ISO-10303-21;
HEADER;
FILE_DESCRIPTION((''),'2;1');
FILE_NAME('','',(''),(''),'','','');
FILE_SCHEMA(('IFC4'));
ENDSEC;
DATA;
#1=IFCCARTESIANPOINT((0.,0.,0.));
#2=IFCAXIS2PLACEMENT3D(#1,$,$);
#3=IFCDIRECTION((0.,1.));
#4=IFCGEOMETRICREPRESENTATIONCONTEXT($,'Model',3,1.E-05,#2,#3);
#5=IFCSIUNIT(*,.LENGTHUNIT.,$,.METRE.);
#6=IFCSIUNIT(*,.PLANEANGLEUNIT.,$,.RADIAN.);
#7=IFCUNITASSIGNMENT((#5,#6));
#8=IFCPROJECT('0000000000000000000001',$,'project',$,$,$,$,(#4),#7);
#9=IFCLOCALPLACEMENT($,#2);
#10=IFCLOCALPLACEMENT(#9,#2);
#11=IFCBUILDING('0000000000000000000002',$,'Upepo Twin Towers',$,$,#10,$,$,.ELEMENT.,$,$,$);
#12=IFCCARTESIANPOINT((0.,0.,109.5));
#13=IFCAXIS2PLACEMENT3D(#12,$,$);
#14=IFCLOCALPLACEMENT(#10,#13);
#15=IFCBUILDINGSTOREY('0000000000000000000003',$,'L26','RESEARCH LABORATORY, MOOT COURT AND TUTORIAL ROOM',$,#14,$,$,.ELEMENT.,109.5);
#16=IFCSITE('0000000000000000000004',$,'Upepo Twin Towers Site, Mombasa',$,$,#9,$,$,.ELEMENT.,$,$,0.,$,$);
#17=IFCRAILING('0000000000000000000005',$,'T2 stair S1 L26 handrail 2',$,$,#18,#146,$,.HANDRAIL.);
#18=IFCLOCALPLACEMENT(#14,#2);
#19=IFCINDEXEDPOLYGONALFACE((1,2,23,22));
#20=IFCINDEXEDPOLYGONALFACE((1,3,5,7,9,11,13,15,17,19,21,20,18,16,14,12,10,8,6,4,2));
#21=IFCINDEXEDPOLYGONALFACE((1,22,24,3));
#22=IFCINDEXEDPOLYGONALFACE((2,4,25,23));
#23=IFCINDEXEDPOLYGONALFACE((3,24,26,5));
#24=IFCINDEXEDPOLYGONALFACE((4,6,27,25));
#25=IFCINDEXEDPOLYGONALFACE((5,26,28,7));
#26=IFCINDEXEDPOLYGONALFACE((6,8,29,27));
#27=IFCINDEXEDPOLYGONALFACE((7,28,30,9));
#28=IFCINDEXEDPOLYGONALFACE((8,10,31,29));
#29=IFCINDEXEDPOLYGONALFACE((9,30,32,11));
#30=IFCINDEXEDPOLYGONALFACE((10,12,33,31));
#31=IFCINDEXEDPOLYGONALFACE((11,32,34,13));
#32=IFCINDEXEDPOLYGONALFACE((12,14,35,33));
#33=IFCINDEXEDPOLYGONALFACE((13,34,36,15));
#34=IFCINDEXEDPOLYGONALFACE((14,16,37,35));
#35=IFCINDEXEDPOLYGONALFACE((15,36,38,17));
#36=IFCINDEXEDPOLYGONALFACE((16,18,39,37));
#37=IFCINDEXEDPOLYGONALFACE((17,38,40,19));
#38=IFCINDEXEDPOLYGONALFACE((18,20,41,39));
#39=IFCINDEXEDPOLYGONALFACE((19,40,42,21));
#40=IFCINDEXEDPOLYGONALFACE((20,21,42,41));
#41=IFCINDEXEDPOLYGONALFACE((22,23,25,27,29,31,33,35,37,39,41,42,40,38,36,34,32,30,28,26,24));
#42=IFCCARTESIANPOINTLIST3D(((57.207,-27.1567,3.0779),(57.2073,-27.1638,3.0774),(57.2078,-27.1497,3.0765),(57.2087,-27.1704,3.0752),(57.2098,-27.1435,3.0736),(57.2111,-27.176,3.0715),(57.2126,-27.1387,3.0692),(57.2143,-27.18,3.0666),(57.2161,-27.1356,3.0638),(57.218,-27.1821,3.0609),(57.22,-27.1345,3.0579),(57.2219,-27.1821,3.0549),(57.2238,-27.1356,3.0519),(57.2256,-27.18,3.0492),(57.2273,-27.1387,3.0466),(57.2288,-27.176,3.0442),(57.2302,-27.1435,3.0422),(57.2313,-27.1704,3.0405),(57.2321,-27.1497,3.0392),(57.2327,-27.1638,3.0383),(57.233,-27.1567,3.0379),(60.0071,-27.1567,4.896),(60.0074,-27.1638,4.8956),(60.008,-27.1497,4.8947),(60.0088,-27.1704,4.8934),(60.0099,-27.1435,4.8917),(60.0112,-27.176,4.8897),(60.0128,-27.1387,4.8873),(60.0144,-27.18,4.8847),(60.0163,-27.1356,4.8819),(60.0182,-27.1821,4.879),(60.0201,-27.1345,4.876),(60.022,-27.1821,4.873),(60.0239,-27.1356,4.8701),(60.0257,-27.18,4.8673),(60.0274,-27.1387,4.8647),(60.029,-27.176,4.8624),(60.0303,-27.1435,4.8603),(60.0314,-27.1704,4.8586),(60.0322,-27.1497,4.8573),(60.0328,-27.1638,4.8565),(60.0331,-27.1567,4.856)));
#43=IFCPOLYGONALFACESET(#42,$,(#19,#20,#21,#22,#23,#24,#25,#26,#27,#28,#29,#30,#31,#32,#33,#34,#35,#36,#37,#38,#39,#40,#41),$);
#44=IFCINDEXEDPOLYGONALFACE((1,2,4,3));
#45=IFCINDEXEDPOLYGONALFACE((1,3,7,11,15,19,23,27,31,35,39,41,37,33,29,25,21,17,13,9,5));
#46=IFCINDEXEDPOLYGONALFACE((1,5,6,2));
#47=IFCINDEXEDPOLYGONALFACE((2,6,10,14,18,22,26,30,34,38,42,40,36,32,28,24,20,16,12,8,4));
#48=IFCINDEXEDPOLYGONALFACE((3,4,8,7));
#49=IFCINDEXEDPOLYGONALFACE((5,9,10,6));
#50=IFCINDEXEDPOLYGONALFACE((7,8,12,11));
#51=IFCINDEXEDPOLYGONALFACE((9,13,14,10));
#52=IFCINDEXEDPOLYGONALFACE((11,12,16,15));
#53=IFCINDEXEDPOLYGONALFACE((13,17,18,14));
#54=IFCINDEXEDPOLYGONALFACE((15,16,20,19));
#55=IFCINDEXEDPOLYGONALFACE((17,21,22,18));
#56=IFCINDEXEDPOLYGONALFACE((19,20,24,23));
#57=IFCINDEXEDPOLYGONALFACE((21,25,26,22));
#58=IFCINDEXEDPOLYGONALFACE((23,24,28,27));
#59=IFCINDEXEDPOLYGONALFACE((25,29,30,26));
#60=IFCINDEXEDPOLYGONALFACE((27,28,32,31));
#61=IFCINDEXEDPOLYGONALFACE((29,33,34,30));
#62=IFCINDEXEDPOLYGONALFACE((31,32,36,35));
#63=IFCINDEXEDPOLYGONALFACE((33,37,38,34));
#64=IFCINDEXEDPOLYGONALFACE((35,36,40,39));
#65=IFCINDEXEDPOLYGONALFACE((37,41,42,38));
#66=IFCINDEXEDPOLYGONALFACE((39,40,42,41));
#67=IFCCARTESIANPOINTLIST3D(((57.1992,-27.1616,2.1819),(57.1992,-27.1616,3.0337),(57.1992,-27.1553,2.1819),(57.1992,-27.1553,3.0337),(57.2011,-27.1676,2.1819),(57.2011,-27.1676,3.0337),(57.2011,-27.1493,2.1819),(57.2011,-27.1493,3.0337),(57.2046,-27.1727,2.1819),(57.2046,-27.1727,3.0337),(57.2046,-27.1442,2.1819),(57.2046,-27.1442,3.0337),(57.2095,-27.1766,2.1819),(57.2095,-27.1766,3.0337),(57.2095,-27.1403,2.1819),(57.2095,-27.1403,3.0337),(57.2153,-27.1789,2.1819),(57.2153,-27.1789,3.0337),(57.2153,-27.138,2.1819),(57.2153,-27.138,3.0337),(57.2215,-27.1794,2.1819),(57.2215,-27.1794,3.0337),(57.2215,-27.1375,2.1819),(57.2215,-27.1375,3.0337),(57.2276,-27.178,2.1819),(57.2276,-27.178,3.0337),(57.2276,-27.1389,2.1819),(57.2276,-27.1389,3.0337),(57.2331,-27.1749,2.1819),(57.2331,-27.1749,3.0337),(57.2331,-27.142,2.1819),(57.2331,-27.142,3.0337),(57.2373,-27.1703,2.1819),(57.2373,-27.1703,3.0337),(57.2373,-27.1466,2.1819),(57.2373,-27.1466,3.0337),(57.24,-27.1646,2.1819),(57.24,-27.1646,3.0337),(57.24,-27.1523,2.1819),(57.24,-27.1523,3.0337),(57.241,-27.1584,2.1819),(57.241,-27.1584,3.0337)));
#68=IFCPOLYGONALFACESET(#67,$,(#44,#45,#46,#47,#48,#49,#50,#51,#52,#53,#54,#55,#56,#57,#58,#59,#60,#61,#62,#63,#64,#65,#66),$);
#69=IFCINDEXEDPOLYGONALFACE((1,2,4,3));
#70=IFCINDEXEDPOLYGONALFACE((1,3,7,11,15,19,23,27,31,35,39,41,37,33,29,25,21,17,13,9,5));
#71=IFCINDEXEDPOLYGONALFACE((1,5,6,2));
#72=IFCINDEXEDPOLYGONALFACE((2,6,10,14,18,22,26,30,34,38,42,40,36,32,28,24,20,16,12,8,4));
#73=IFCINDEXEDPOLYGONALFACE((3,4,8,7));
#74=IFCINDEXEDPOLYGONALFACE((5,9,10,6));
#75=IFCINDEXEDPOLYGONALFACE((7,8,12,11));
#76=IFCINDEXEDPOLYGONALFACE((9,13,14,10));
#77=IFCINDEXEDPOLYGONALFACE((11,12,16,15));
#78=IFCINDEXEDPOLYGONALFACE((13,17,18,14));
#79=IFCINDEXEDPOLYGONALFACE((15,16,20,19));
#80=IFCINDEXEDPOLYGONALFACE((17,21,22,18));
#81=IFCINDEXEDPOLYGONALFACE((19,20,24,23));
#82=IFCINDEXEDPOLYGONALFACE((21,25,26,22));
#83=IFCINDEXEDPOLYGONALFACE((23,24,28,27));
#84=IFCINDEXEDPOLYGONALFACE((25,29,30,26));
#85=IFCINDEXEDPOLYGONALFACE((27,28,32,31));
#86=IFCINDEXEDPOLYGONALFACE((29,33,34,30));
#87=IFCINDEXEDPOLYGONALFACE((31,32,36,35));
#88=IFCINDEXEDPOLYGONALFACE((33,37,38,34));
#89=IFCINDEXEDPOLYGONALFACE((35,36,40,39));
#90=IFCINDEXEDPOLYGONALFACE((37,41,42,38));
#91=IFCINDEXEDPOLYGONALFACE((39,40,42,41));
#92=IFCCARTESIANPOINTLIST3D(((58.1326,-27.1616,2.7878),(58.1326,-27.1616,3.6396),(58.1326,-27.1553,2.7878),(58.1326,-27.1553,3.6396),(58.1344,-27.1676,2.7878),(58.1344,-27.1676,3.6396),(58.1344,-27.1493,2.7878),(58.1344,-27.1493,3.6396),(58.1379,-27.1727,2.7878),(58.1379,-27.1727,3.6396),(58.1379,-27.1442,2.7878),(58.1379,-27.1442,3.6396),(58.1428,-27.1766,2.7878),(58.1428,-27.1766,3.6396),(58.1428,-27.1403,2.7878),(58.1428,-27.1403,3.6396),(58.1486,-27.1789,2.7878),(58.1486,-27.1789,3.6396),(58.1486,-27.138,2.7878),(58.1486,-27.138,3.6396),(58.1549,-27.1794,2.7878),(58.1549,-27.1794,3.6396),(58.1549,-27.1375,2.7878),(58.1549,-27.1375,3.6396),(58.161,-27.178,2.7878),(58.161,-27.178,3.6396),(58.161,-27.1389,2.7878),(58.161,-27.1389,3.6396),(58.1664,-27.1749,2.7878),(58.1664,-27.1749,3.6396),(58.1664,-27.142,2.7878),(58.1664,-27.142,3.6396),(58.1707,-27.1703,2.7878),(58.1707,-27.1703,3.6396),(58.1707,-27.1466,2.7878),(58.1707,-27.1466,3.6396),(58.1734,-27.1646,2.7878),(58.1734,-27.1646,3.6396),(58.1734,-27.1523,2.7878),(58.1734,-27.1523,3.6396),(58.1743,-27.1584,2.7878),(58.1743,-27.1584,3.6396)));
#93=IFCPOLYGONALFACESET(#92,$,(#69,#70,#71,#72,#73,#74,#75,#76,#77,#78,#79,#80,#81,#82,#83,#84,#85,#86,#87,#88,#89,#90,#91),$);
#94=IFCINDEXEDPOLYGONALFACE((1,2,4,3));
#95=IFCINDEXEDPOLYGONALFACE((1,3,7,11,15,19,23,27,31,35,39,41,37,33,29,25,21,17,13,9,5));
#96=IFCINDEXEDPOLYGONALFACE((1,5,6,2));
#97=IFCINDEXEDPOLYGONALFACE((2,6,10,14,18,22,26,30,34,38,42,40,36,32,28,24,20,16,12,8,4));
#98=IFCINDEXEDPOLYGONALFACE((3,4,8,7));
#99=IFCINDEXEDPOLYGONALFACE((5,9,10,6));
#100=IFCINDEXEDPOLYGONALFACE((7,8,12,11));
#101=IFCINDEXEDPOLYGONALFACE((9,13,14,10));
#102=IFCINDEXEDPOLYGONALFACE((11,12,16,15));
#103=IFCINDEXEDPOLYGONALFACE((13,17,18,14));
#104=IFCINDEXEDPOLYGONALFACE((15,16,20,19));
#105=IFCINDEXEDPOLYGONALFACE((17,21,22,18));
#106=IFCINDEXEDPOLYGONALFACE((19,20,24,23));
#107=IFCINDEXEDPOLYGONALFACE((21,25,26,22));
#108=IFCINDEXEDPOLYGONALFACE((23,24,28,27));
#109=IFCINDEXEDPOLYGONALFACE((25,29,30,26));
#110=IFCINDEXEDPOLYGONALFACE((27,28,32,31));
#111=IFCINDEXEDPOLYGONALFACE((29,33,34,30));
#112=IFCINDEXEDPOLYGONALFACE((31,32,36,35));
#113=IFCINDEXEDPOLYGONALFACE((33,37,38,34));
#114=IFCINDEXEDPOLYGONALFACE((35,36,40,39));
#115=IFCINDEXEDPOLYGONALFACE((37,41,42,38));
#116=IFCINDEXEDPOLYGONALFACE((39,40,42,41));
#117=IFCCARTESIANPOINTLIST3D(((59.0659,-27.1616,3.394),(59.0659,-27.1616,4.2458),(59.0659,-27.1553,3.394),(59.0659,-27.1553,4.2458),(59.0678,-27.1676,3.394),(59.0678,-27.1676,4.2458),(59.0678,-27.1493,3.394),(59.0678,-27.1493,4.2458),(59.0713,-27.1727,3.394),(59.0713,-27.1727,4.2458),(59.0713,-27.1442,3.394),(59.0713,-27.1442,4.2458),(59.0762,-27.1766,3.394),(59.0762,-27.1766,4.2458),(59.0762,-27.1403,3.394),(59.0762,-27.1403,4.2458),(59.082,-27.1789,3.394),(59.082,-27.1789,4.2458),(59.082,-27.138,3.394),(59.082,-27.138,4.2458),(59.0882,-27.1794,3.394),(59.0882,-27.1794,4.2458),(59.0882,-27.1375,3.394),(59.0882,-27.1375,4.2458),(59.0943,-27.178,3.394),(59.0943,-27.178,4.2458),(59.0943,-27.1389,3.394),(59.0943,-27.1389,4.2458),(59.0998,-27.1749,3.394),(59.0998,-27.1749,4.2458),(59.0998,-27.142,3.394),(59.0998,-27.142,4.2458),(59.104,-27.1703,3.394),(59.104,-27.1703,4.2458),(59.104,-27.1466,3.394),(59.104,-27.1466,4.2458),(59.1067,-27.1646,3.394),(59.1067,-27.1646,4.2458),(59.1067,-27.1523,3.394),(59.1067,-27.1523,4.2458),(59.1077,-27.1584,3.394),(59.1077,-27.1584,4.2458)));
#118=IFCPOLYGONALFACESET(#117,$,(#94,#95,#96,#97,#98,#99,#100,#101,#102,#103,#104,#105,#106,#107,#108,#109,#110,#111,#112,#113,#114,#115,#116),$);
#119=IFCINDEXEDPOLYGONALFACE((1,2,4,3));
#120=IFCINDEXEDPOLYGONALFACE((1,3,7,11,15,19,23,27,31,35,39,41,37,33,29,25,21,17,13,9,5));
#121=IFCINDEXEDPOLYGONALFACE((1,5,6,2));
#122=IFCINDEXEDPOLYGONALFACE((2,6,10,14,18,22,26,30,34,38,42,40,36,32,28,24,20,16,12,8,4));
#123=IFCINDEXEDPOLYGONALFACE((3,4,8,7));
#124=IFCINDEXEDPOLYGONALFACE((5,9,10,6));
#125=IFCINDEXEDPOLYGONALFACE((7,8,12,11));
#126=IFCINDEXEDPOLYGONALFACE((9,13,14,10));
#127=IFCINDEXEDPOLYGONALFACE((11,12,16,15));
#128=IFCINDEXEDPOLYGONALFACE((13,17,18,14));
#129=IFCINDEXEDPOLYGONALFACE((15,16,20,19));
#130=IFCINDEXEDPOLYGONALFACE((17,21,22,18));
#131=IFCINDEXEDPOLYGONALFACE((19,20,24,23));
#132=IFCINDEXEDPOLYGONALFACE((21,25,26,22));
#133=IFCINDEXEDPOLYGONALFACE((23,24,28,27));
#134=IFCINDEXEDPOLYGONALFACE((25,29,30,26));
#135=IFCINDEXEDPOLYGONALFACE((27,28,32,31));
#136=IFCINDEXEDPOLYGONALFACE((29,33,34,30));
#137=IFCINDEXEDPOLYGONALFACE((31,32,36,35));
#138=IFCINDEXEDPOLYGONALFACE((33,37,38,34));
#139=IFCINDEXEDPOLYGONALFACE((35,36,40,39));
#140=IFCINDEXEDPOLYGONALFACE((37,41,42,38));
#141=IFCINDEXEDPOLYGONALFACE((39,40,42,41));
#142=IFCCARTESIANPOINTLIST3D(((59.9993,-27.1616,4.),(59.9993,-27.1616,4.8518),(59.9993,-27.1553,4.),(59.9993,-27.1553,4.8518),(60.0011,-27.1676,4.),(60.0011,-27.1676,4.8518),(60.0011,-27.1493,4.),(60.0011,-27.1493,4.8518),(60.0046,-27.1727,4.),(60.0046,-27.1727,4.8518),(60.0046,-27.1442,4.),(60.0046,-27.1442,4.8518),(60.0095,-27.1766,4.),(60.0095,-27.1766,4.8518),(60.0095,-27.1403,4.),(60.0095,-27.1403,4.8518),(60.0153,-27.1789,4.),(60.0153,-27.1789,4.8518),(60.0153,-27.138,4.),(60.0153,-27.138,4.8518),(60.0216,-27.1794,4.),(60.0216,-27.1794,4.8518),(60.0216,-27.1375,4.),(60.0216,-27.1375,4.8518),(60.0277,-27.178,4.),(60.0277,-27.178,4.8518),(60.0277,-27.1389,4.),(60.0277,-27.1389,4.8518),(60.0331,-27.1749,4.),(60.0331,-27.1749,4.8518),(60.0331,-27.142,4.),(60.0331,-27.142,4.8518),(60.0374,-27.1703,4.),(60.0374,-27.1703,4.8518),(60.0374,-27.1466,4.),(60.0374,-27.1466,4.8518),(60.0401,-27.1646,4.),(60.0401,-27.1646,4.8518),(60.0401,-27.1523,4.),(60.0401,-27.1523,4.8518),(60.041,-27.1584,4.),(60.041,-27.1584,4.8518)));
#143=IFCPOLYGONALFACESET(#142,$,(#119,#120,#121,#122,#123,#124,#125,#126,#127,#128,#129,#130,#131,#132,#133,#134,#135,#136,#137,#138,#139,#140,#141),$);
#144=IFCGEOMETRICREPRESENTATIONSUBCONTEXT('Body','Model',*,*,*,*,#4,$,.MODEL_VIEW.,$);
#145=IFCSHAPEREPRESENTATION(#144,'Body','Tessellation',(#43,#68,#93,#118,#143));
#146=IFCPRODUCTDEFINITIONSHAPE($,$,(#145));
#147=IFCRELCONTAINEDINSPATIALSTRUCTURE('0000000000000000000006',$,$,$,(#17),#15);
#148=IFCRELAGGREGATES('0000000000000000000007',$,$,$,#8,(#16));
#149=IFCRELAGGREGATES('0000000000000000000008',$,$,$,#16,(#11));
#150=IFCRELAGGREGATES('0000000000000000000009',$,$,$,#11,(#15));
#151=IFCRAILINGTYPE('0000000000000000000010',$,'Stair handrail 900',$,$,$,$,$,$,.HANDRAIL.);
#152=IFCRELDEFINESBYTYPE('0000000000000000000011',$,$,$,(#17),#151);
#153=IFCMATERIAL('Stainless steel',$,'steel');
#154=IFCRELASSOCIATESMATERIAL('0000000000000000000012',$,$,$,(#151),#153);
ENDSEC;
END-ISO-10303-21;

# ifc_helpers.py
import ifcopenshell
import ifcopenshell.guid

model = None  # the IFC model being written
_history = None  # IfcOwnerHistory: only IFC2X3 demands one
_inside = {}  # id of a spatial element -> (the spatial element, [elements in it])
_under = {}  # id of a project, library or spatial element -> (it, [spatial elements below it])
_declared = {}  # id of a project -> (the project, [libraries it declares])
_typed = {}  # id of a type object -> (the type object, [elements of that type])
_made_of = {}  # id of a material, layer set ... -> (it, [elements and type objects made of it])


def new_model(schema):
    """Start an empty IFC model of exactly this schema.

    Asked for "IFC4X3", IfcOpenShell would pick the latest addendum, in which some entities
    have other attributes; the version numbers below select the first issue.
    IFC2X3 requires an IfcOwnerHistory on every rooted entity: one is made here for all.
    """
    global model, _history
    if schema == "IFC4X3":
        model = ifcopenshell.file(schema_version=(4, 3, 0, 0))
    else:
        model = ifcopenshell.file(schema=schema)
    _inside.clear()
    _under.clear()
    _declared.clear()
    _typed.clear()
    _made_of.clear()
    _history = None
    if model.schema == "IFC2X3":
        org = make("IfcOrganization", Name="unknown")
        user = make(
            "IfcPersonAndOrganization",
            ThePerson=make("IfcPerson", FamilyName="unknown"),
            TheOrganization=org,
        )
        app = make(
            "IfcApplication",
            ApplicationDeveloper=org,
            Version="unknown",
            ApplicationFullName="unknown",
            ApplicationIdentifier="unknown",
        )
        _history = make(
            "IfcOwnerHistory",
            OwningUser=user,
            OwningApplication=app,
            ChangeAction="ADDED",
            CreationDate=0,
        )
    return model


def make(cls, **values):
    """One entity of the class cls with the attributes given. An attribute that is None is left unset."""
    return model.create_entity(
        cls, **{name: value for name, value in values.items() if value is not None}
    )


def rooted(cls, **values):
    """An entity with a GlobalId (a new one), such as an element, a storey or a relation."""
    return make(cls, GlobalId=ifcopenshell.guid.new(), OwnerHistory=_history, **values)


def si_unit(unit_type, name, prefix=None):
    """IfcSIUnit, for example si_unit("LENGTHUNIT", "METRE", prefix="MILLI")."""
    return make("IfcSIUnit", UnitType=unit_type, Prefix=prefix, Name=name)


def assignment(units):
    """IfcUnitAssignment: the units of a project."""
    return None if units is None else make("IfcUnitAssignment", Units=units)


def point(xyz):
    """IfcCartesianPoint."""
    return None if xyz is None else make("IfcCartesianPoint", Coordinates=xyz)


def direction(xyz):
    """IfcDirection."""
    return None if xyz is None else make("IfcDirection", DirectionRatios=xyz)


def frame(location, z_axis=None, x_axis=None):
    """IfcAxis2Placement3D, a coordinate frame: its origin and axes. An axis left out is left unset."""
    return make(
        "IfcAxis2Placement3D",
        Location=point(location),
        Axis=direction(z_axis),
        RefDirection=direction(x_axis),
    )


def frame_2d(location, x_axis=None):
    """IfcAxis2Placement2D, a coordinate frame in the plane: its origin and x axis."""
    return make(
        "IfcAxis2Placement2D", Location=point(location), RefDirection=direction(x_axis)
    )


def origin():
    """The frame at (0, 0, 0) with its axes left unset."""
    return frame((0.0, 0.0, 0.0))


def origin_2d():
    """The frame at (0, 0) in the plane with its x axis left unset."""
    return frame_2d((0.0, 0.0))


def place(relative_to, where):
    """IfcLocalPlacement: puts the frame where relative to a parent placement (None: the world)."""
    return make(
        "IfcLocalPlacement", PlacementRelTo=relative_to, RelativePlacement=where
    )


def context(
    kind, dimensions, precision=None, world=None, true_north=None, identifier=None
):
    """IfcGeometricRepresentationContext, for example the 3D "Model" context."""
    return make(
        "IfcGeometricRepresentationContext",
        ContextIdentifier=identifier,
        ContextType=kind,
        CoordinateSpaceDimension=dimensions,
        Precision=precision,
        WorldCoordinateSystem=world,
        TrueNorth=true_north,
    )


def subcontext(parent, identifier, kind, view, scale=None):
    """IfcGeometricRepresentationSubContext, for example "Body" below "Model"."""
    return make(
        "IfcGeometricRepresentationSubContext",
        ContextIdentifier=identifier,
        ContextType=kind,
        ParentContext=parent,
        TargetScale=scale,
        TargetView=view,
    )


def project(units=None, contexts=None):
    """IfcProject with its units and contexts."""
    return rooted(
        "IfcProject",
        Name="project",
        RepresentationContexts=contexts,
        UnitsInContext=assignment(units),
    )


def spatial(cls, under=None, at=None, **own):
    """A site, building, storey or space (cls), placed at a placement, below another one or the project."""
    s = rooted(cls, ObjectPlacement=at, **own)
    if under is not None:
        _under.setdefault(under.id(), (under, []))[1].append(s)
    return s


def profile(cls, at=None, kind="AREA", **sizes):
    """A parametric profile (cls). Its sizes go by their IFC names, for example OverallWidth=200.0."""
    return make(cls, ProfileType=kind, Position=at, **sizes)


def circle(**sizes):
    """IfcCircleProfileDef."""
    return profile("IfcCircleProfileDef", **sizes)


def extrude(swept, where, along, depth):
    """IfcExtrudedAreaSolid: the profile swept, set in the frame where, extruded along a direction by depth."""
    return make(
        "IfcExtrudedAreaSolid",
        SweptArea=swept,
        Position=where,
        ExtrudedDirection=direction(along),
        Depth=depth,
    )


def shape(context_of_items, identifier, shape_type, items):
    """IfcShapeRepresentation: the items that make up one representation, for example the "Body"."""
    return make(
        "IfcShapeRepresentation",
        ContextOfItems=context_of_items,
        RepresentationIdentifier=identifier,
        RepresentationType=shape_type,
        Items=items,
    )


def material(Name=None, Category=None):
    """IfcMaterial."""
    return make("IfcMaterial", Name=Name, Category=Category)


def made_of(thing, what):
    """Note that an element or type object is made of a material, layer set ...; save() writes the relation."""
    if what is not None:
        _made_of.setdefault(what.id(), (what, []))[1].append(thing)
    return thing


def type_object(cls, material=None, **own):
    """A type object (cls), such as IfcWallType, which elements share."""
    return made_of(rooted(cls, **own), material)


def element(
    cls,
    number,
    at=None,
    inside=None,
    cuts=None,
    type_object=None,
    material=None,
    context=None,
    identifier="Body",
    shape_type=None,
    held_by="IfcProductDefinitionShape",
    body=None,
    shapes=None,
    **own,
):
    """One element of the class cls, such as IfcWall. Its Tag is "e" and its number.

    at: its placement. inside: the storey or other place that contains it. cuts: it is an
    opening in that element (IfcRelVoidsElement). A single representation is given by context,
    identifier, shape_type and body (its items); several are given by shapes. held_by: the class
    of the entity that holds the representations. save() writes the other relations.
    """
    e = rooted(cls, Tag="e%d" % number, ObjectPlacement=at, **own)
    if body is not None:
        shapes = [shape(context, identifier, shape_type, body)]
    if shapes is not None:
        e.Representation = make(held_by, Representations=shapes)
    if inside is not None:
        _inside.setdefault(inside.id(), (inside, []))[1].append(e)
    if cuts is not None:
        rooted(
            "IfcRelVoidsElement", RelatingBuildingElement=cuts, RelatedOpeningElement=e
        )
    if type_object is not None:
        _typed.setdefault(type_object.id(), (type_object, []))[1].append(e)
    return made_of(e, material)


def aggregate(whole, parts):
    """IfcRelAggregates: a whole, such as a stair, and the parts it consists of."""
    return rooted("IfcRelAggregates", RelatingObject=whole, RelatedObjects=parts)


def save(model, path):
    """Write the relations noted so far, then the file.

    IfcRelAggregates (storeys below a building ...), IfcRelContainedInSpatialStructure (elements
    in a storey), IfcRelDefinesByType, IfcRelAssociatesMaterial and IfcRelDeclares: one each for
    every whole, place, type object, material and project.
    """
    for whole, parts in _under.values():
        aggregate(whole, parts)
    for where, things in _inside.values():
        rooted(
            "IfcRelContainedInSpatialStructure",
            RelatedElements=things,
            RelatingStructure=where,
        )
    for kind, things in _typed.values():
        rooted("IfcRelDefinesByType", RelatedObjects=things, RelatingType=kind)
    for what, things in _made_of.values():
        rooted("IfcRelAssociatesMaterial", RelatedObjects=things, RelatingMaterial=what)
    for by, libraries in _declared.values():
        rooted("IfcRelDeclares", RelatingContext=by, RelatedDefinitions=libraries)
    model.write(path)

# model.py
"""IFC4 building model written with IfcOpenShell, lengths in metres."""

from ifc_helpers import new_model, si_unit, direction, frame, origin, origin_2d, place, context, subcontext, project, spatial, circle, extrude, material, type_object, element, save


model = new_model("IFC4")

# Units and contexts
model_context = context("Model", 3, precision=1e-05, world=origin(), true_north=direction((0.0, 1.0)))
body_context = subcontext(model_context, "Body", "Model", "MODEL_VIEW")
ifc_project = project(units=[si_unit("LENGTHUNIT", "METRE"), si_unit("PLANEANGLEUNIT", "RADIAN")], contexts=[model_context])

# Site, building, storey
site_placement = place(None, origin())
site = spatial("IfcSite", under=ifc_project, at=site_placement, Name="Upepo Twin Towers Site, Mombasa", CompositionType="ELEMENT", RefElevation=0.0)
building_placement = place(site_placement, origin())
building = spatial("IfcBuilding", under=site, at=building_placement, Name="Upepo Twin Towers", CompositionType="ELEMENT")
storey_placement = place(building_placement, frame((0.0, 0.0, 109.5)))
storey = spatial("IfcBuildingStorey", under=building, at=storey_placement, Name="L26", Description="RESEARCH LABORATORY, MOOT COURT AND TUTORIAL ROOM", CompositionType="ELEMENT", Elevation=109.5)

# Railing
ifc_material_1 = material(Name="Stainless steel", Category="steel")
railing_type = type_object("IfcRailingType", Name="Stair handrail 900", PredefinedType="HANDRAIL", material=ifc_material_1)
railing_1_placement = place(storey_placement, frame((57.22, -27.1584, 2.1819)))
element("IfcRailing", 1, at=railing_1_placement, inside=storey, type_object=railing_type, Name="T2 stair S1 L26 handrail 2", PredefinedType="HANDRAIL", context=body_context, shape_type="SweptSolid", body=[
    extrude(circle(Radius=0.0239, at=origin_2d()), frame((0.0, 0.0, 0.876), z_axis=(0.838706, 0.0, 0.544585), x_axis=(0.0, 1.0, 0.0)), (0.0, 0.0, 1.0), 3.3386),
    extrude(circle(Radius=0.021, at=origin_2d()), origin(), (0.0, 0.0, 1.0), 0.8518),
    extrude(circle(Radius=0.021, at=origin_2d()), frame((0.9333, 0.0, 0.606)), (0.0, 0.0, 1.0), 0.8518),
    extrude(circle(Radius=0.021, at=origin_2d()), frame((1.8667, 0.0, 1.2122)), (0.0, 0.0, 1.0), 0.8518),
    extrude(circle(Radius=0.021, at=origin_2d()), frame((2.8, 0.0, 1.8181)), (0.0, 0.0, 1.0), 0.8518),
])

save(model, "model.ifc")
